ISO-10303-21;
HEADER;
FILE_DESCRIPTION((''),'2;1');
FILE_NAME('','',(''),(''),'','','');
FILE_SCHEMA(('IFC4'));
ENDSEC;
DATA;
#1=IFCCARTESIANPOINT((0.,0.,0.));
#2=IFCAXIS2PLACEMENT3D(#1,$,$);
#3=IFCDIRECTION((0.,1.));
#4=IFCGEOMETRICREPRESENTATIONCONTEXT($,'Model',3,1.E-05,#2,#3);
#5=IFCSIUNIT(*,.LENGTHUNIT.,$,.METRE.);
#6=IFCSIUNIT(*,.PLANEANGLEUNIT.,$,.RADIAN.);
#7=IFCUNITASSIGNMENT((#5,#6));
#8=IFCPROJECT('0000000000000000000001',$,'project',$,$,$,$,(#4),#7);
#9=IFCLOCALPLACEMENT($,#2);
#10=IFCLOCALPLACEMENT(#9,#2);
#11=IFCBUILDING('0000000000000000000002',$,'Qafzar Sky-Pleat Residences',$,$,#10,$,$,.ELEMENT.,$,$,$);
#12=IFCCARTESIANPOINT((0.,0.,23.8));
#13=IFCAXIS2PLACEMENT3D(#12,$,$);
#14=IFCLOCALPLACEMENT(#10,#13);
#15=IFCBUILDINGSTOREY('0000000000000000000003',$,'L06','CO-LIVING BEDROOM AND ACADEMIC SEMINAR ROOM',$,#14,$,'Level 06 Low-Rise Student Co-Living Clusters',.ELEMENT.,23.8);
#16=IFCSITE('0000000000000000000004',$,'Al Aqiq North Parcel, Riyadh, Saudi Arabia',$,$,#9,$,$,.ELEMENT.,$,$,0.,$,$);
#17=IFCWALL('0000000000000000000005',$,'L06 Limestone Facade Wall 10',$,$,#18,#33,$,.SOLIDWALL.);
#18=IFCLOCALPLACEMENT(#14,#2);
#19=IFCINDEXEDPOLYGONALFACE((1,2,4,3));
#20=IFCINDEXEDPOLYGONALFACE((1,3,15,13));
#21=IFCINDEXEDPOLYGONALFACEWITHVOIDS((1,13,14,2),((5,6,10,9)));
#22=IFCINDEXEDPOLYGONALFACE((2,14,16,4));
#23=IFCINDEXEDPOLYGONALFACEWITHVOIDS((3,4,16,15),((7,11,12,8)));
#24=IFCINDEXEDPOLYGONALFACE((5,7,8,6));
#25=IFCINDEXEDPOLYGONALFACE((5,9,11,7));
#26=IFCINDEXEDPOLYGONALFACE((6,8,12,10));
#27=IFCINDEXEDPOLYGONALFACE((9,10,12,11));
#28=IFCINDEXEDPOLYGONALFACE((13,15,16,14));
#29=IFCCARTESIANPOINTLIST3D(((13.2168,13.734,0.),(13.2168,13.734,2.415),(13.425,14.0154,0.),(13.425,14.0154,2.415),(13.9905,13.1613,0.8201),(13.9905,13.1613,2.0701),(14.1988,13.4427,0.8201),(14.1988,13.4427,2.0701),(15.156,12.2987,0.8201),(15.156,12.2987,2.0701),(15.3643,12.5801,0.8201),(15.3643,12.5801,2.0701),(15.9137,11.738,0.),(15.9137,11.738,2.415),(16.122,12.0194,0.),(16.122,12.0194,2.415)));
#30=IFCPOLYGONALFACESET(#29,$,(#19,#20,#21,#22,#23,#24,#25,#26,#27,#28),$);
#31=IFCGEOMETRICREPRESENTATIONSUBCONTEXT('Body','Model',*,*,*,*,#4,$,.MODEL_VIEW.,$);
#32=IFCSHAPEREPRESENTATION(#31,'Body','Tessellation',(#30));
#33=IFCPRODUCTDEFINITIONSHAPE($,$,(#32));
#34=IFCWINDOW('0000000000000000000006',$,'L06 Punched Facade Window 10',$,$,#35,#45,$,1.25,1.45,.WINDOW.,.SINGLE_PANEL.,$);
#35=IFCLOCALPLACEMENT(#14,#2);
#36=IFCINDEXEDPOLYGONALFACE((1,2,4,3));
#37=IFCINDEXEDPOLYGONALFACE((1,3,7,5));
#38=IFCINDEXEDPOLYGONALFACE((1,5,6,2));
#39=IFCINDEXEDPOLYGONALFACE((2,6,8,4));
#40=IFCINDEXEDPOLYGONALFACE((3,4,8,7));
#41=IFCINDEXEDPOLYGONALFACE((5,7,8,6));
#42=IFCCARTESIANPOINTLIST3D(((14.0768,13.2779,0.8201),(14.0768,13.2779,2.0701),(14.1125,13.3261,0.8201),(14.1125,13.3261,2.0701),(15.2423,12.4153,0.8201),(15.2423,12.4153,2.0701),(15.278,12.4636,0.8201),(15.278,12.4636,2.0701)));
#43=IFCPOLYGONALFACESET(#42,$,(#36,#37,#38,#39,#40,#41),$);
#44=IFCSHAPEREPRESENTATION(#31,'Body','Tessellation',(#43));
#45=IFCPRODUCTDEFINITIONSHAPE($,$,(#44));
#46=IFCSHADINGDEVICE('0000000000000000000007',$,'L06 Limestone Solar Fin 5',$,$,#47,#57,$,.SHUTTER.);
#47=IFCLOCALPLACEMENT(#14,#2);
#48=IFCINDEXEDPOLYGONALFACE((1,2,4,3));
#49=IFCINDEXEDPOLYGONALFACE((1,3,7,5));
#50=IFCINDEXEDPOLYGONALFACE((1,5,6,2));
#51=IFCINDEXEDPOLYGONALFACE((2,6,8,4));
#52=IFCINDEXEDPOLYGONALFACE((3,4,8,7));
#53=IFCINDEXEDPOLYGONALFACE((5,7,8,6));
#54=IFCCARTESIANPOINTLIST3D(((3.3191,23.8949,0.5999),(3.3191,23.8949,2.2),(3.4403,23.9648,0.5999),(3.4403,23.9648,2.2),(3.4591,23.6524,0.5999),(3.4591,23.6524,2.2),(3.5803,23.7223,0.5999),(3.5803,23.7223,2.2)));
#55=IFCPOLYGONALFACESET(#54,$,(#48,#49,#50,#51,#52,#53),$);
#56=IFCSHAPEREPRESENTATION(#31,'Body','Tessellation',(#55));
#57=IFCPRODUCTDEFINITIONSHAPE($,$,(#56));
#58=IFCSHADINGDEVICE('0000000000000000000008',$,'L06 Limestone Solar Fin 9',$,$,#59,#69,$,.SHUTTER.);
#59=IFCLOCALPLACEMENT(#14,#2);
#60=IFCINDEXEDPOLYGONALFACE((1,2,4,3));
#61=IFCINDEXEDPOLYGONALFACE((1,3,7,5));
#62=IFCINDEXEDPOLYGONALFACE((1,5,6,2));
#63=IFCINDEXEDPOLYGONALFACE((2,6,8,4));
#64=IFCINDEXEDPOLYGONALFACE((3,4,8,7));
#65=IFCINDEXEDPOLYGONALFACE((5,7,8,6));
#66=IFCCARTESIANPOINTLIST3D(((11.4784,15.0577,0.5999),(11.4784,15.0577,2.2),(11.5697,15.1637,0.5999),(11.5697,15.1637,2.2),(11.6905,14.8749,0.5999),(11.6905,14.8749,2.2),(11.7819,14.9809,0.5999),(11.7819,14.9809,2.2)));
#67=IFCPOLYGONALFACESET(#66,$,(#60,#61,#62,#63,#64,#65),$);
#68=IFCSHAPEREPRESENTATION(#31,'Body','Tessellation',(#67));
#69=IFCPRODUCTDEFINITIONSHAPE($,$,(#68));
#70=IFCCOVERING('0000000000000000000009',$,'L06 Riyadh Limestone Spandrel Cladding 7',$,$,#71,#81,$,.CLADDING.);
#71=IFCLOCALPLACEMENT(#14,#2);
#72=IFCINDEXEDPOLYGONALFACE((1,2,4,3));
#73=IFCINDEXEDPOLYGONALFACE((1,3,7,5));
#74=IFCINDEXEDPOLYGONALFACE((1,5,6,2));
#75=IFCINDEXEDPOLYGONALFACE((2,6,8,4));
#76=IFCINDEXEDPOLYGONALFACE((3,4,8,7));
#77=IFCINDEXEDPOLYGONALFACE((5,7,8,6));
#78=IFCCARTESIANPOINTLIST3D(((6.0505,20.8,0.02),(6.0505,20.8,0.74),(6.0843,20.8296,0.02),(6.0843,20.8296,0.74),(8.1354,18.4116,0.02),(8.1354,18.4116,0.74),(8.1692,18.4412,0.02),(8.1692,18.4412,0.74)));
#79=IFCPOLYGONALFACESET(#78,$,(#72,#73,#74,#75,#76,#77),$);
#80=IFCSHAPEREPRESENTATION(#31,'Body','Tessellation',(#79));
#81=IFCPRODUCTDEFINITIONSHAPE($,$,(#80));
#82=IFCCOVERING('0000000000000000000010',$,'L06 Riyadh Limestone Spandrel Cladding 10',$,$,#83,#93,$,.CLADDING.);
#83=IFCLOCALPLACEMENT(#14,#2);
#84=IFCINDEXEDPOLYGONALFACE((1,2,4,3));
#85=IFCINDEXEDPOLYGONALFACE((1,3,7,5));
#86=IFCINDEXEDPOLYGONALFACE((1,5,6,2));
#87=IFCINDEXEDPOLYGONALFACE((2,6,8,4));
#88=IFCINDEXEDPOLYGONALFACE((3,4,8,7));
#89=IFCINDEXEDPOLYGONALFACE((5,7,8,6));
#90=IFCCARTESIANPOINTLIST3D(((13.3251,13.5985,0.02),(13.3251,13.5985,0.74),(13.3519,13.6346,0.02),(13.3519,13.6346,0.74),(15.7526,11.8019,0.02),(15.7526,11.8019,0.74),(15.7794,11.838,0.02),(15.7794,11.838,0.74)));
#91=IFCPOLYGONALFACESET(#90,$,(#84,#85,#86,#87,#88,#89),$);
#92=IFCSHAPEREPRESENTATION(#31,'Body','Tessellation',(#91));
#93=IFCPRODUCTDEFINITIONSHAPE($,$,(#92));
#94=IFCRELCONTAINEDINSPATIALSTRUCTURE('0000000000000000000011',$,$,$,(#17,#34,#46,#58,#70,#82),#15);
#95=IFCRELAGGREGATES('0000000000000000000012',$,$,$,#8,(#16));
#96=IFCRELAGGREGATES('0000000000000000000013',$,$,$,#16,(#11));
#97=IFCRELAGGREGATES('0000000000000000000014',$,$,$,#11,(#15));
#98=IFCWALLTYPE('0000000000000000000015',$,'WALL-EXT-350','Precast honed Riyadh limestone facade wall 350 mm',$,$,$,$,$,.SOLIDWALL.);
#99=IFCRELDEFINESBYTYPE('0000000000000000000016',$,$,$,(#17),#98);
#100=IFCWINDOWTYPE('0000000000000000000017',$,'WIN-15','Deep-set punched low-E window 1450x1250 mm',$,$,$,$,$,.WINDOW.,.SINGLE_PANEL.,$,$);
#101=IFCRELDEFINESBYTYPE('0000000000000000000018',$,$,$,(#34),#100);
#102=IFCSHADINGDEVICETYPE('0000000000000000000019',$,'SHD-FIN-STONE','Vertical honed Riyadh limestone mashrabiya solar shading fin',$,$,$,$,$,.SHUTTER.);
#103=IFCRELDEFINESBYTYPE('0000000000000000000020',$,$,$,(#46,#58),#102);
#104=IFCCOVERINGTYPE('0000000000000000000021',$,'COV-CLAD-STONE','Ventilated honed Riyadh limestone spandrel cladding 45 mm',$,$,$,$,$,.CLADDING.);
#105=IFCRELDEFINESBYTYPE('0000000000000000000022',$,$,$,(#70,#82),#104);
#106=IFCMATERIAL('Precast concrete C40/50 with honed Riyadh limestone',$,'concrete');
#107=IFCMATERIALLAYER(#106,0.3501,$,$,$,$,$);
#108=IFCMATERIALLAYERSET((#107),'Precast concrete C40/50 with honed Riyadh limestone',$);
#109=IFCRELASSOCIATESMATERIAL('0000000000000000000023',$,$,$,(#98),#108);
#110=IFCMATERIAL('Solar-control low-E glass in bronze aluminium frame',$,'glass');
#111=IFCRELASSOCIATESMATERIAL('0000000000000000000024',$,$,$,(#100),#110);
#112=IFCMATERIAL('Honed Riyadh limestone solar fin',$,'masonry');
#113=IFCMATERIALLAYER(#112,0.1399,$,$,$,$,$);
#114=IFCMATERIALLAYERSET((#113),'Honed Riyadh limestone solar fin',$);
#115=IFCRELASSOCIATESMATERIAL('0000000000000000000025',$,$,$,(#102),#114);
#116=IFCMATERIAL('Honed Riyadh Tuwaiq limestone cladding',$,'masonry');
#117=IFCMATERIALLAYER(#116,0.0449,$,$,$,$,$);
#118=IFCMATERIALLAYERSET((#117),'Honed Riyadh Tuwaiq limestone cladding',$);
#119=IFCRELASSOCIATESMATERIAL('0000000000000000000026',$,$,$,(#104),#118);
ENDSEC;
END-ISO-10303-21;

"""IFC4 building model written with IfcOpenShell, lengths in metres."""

from ifc_helpers import new_model, si_unit, direction, frame, frame_2d, origin, origin_2d, place, context, subcontext, project, spatial, rectangle, extrude, source, transform, mapped, material, layer, layer_set, type_object, element, fill, save


model = new_model("IFC4")

# Units and contexts
model_context = context("Model", 3, precision=1e-05, world=origin(), true_north=direction((0.0, 1.0)))
body_context = subcontext(model_context, "Body", "Model", "MODEL_VIEW")
ifc_project = project(units=[si_unit("LENGTHUNIT", "METRE"), si_unit("PLANEANGLEUNIT", "RADIAN")], contexts=[model_context])

# Site, building, storey
site_placement = place(None, origin())
site = spatial("IfcSite", under=ifc_project, at=site_placement, Name="Al Aqiq North Parcel, Riyadh, Saudi Arabia", CompositionType="ELEMENT", RefElevation=0.0)
building_placement = place(site_placement, origin())
building = spatial("IfcBuilding", under=site, at=building_placement, Name="Qafzar Sky-Pleat Residences", CompositionType="ELEMENT")
storey_placement = place(building_placement, frame((0.0, 0.0, 23.8)))
storey = spatial("IfcBuildingStorey", under=building, at=storey_placement, Name="L06", Description="CO-LIVING BEDROOM AND ACADEMIC SEMINAR ROOM", LongName="Level 06 Low-Rise Student Co-Living Clusters", CompositionType="ELEMENT", Elevation=23.8)

# Shared definitions
ifc_material_1 = material(Name="Precast concrete C40/50 with honed Riyadh limestone", Category="concrete")
ifc_layer_1 = layer(ifc_material_1, 0.3501)
ifc_layer_set_1 = layer_set([ifc_layer_1], Name="Precast concrete C40/50 with honed Riyadh limestone")
wall_type_1 = type_object("IfcWallType", Name="WALL-EXT-350", Description="Precast honed Riyadh limestone facade wall 350 mm", PredefinedType="SOLIDWALL", material=ifc_layer_set_1)
ifc_material_2 = material(Name="Solar-control low-E glass in bronze aluminium frame", Category="glass")
window_type_1 = type_object("IfcWindowType", Name="WIN-15", Description="Deep-set punched low-E window 1450x1250 mm", PartitioningType="SINGLE_PANEL", PredefinedType="WINDOW", material=ifc_material_2)
shared_shape_1 = source(origin(), body_context, "Body", "SweptSolid", [
    extrude(rectangle(XDim=1.45, YDim=1.25, at=frame_2d((0.7251, 0.625))), frame((0.0, 0.03, 0.0), z_axis=(0.0, -1.0, 0.0), x_axis=(1.0, 0.0, 0.0)), (0.0, 0.0, 1.0), 0.0601),
])

# Wall, opening, window
wall_1_placement = place(storey_placement, frame((13.3208, 13.8748, 0.0), z_axis=(0.0, 0.0, 1.0), x_axis=(0.803799, -0.5949, 0.0)))
wall_1 = element("IfcWall", 1, at=wall_1_placement, inside=storey, type_object=wall_type_1, Name="L06 Limestone Facade Wall 10", PredefinedType="SOLIDWALL", context=body_context, shape_type="SweptSolid", body=[
    extrude(rectangle(XDim=3.3552, YDim=0.3501, at=frame_2d((1.6777, 0.0))), origin(), (0.0, 0.0, 1.0), 2.415),
])
opening_1_placement = place(wall_1_placement, frame((0.9626, 0.0, 0.8201)))
opening_1 = element("IfcOpeningElement", 2, at=opening_1_placement, cuts=wall_1, PredefinedType="OPENING", context=body_context, shape_type="SweptSolid", body=[
    extrude(rectangle(XDim=1.45, YDim=1.25, at=frame_2d((0.7251, 0.625))), frame((0.0, 0.1851, 0.0), z_axis=(0.0, -1.0, 0.0), x_axis=(1.0, 0.0, 0.0)), (0.0, 0.0, 1.0), 0.3701),
])
window_1_placement = place(opening_1_placement, origin())
window_1 = element("IfcWindow", 3, at=window_1_placement, inside=storey, type_object=window_type_1, Name="L06 Punched Facade Window 10", OverallHeight=1.25, OverallWidth=1.45, PartitioningType="SINGLE_PANEL", PredefinedType="WINDOW", context=body_context, shape_type="MappedRepresentation", body=[
    mapped(shared_shape_1, transform((0.0, 0.0, 0.0), x_axis=(1.0, 0.0, 0.0), y_axis=(0.0, 1.0, 0.0), z_axis=(0.0, 0.0, 1.0), scale=1.0)),
])
fill(opening_1, window_1)

# Shading devices
ifc_material_3 = material(Name="Honed Riyadh limestone solar fin", Category="masonry")
ifc_layer_2 = layer(ifc_material_3, 0.1399)
ifc_layer_set_2 = layer_set([ifc_layer_2], Name="Honed Riyadh limestone solar fin")
shading_device_type = type_object("IfcShadingDeviceType", Name="SHD-FIN-STONE", Description="Vertical honed Riyadh limestone mashrabiya solar shading fin", PredefinedType="SHUTTER", material=ifc_layer_set_2)
shared_shape_2 = source(origin(), body_context, "Body", "SweptSolid", [
    extrude(rectangle(XDim=0.1399, YDim=0.28, at=origin_2d()), origin(), (0.0, 0.0, 1.0), 1.6001),
])
for number, where, z_axis, x_axis, name in (
    (4, (3.4497, 23.8086, 0.5999), (0.0, 0.0, 1.0), (-0.866044, -0.499967, 0.0), "L06 Limestone Solar Fin 5"),
    (5, (11.6301, 15.0193, 0.5999), (0.0, 0.0, 1.0), (-0.652848, -0.757489, 0.0), "L06 Limestone Solar Fin 9"),
):
    element("IfcShadingDevice", number, at=place(storey_placement, frame(where, z_axis=z_axis, x_axis=x_axis)), inside=storey, type_object=shading_device_type, Name=name, PredefinedType="SHUTTER", context=body_context, shape_type="MappedRepresentation", body=[
        mapped(shared_shape_2, transform((0.0, 0.0, 0.0), x_axis=(1.0, 0.0, 0.0), y_axis=(0.0, 1.0, 0.0), z_axis=(0.0, 0.0, 1.0), scale=1.0)),
    ])

# Coverings
ifc_material_4 = material(Name="Honed Riyadh Tuwaiq limestone cladding", Category="masonry")
ifc_layer_3 = layer(ifc_material_4, 0.0449)
ifc_layer_set_3 = layer_set([ifc_layer_3], Name="Honed Riyadh Tuwaiq limestone cladding")
covering_type = type_object("IfcCoveringType", Name="COV-CLAD-STONE", Description="Ventilated honed Riyadh limestone spandrel cladding 45 mm", PredefinedType="CLADDING", material=ifc_layer_set_3)
shared_shape_3 = source(origin(), body_context, "Body", "SweptSolid", [
    extrude(rectangle(XDim=3.1704, YDim=0.0449, at=origin_2d()), origin(), (0.0, 0.0, 1.0), 0.72),
])
covering_1_placement = place(storey_placement, frame((7.1099, 19.6206, 0.02), z_axis=(0.0, 0.0, 1.0), x_axis=(0.657622, -0.753348, 0.0)))
element("IfcCovering", 6, at=covering_1_placement, inside=storey, type_object=covering_type, Name="L06 Riyadh Limestone Spandrel Cladding 7", PredefinedType="CLADDING", context=body_context, shape_type="MappedRepresentation", body=[
    mapped(shared_shape_3, transform((0.0, 0.0, 0.0), x_axis=(1.0, 0.0, 0.0), y_axis=(0.0, 1.0, 0.0), z_axis=(0.0, 0.0, 1.0), scale=1.0)),
])
shared_shape_4 = source(origin(), body_context, "Body", "SweptSolid", [
    extrude(rectangle(XDim=3.02, YDim=0.0449, at=origin_2d()), origin(), (0.0, 0.0, 1.0), 0.72),
])
covering_2_placement = place(storey_placement, frame((14.5522, 12.7183, 0.02), z_axis=(0.0, 0.0, 1.0), x_axis=(0.803807, -0.59489, 0.0)))
element("IfcCovering", 7, at=covering_2_placement, inside=storey, type_object=covering_type, Name="L06 Riyadh Limestone Spandrel Cladding 10", PredefinedType="CLADDING", context=body_context, shape_type="MappedRepresentation", body=[
    mapped(shared_shape_4, transform((0.0, 0.0, 0.0), x_axis=(1.0, 0.0, 0.0), y_axis=(0.0, 1.0, 0.0), z_axis=(0.0, 0.0, 1.0), scale=1.0)),
])

save(model, "model.ifc")
